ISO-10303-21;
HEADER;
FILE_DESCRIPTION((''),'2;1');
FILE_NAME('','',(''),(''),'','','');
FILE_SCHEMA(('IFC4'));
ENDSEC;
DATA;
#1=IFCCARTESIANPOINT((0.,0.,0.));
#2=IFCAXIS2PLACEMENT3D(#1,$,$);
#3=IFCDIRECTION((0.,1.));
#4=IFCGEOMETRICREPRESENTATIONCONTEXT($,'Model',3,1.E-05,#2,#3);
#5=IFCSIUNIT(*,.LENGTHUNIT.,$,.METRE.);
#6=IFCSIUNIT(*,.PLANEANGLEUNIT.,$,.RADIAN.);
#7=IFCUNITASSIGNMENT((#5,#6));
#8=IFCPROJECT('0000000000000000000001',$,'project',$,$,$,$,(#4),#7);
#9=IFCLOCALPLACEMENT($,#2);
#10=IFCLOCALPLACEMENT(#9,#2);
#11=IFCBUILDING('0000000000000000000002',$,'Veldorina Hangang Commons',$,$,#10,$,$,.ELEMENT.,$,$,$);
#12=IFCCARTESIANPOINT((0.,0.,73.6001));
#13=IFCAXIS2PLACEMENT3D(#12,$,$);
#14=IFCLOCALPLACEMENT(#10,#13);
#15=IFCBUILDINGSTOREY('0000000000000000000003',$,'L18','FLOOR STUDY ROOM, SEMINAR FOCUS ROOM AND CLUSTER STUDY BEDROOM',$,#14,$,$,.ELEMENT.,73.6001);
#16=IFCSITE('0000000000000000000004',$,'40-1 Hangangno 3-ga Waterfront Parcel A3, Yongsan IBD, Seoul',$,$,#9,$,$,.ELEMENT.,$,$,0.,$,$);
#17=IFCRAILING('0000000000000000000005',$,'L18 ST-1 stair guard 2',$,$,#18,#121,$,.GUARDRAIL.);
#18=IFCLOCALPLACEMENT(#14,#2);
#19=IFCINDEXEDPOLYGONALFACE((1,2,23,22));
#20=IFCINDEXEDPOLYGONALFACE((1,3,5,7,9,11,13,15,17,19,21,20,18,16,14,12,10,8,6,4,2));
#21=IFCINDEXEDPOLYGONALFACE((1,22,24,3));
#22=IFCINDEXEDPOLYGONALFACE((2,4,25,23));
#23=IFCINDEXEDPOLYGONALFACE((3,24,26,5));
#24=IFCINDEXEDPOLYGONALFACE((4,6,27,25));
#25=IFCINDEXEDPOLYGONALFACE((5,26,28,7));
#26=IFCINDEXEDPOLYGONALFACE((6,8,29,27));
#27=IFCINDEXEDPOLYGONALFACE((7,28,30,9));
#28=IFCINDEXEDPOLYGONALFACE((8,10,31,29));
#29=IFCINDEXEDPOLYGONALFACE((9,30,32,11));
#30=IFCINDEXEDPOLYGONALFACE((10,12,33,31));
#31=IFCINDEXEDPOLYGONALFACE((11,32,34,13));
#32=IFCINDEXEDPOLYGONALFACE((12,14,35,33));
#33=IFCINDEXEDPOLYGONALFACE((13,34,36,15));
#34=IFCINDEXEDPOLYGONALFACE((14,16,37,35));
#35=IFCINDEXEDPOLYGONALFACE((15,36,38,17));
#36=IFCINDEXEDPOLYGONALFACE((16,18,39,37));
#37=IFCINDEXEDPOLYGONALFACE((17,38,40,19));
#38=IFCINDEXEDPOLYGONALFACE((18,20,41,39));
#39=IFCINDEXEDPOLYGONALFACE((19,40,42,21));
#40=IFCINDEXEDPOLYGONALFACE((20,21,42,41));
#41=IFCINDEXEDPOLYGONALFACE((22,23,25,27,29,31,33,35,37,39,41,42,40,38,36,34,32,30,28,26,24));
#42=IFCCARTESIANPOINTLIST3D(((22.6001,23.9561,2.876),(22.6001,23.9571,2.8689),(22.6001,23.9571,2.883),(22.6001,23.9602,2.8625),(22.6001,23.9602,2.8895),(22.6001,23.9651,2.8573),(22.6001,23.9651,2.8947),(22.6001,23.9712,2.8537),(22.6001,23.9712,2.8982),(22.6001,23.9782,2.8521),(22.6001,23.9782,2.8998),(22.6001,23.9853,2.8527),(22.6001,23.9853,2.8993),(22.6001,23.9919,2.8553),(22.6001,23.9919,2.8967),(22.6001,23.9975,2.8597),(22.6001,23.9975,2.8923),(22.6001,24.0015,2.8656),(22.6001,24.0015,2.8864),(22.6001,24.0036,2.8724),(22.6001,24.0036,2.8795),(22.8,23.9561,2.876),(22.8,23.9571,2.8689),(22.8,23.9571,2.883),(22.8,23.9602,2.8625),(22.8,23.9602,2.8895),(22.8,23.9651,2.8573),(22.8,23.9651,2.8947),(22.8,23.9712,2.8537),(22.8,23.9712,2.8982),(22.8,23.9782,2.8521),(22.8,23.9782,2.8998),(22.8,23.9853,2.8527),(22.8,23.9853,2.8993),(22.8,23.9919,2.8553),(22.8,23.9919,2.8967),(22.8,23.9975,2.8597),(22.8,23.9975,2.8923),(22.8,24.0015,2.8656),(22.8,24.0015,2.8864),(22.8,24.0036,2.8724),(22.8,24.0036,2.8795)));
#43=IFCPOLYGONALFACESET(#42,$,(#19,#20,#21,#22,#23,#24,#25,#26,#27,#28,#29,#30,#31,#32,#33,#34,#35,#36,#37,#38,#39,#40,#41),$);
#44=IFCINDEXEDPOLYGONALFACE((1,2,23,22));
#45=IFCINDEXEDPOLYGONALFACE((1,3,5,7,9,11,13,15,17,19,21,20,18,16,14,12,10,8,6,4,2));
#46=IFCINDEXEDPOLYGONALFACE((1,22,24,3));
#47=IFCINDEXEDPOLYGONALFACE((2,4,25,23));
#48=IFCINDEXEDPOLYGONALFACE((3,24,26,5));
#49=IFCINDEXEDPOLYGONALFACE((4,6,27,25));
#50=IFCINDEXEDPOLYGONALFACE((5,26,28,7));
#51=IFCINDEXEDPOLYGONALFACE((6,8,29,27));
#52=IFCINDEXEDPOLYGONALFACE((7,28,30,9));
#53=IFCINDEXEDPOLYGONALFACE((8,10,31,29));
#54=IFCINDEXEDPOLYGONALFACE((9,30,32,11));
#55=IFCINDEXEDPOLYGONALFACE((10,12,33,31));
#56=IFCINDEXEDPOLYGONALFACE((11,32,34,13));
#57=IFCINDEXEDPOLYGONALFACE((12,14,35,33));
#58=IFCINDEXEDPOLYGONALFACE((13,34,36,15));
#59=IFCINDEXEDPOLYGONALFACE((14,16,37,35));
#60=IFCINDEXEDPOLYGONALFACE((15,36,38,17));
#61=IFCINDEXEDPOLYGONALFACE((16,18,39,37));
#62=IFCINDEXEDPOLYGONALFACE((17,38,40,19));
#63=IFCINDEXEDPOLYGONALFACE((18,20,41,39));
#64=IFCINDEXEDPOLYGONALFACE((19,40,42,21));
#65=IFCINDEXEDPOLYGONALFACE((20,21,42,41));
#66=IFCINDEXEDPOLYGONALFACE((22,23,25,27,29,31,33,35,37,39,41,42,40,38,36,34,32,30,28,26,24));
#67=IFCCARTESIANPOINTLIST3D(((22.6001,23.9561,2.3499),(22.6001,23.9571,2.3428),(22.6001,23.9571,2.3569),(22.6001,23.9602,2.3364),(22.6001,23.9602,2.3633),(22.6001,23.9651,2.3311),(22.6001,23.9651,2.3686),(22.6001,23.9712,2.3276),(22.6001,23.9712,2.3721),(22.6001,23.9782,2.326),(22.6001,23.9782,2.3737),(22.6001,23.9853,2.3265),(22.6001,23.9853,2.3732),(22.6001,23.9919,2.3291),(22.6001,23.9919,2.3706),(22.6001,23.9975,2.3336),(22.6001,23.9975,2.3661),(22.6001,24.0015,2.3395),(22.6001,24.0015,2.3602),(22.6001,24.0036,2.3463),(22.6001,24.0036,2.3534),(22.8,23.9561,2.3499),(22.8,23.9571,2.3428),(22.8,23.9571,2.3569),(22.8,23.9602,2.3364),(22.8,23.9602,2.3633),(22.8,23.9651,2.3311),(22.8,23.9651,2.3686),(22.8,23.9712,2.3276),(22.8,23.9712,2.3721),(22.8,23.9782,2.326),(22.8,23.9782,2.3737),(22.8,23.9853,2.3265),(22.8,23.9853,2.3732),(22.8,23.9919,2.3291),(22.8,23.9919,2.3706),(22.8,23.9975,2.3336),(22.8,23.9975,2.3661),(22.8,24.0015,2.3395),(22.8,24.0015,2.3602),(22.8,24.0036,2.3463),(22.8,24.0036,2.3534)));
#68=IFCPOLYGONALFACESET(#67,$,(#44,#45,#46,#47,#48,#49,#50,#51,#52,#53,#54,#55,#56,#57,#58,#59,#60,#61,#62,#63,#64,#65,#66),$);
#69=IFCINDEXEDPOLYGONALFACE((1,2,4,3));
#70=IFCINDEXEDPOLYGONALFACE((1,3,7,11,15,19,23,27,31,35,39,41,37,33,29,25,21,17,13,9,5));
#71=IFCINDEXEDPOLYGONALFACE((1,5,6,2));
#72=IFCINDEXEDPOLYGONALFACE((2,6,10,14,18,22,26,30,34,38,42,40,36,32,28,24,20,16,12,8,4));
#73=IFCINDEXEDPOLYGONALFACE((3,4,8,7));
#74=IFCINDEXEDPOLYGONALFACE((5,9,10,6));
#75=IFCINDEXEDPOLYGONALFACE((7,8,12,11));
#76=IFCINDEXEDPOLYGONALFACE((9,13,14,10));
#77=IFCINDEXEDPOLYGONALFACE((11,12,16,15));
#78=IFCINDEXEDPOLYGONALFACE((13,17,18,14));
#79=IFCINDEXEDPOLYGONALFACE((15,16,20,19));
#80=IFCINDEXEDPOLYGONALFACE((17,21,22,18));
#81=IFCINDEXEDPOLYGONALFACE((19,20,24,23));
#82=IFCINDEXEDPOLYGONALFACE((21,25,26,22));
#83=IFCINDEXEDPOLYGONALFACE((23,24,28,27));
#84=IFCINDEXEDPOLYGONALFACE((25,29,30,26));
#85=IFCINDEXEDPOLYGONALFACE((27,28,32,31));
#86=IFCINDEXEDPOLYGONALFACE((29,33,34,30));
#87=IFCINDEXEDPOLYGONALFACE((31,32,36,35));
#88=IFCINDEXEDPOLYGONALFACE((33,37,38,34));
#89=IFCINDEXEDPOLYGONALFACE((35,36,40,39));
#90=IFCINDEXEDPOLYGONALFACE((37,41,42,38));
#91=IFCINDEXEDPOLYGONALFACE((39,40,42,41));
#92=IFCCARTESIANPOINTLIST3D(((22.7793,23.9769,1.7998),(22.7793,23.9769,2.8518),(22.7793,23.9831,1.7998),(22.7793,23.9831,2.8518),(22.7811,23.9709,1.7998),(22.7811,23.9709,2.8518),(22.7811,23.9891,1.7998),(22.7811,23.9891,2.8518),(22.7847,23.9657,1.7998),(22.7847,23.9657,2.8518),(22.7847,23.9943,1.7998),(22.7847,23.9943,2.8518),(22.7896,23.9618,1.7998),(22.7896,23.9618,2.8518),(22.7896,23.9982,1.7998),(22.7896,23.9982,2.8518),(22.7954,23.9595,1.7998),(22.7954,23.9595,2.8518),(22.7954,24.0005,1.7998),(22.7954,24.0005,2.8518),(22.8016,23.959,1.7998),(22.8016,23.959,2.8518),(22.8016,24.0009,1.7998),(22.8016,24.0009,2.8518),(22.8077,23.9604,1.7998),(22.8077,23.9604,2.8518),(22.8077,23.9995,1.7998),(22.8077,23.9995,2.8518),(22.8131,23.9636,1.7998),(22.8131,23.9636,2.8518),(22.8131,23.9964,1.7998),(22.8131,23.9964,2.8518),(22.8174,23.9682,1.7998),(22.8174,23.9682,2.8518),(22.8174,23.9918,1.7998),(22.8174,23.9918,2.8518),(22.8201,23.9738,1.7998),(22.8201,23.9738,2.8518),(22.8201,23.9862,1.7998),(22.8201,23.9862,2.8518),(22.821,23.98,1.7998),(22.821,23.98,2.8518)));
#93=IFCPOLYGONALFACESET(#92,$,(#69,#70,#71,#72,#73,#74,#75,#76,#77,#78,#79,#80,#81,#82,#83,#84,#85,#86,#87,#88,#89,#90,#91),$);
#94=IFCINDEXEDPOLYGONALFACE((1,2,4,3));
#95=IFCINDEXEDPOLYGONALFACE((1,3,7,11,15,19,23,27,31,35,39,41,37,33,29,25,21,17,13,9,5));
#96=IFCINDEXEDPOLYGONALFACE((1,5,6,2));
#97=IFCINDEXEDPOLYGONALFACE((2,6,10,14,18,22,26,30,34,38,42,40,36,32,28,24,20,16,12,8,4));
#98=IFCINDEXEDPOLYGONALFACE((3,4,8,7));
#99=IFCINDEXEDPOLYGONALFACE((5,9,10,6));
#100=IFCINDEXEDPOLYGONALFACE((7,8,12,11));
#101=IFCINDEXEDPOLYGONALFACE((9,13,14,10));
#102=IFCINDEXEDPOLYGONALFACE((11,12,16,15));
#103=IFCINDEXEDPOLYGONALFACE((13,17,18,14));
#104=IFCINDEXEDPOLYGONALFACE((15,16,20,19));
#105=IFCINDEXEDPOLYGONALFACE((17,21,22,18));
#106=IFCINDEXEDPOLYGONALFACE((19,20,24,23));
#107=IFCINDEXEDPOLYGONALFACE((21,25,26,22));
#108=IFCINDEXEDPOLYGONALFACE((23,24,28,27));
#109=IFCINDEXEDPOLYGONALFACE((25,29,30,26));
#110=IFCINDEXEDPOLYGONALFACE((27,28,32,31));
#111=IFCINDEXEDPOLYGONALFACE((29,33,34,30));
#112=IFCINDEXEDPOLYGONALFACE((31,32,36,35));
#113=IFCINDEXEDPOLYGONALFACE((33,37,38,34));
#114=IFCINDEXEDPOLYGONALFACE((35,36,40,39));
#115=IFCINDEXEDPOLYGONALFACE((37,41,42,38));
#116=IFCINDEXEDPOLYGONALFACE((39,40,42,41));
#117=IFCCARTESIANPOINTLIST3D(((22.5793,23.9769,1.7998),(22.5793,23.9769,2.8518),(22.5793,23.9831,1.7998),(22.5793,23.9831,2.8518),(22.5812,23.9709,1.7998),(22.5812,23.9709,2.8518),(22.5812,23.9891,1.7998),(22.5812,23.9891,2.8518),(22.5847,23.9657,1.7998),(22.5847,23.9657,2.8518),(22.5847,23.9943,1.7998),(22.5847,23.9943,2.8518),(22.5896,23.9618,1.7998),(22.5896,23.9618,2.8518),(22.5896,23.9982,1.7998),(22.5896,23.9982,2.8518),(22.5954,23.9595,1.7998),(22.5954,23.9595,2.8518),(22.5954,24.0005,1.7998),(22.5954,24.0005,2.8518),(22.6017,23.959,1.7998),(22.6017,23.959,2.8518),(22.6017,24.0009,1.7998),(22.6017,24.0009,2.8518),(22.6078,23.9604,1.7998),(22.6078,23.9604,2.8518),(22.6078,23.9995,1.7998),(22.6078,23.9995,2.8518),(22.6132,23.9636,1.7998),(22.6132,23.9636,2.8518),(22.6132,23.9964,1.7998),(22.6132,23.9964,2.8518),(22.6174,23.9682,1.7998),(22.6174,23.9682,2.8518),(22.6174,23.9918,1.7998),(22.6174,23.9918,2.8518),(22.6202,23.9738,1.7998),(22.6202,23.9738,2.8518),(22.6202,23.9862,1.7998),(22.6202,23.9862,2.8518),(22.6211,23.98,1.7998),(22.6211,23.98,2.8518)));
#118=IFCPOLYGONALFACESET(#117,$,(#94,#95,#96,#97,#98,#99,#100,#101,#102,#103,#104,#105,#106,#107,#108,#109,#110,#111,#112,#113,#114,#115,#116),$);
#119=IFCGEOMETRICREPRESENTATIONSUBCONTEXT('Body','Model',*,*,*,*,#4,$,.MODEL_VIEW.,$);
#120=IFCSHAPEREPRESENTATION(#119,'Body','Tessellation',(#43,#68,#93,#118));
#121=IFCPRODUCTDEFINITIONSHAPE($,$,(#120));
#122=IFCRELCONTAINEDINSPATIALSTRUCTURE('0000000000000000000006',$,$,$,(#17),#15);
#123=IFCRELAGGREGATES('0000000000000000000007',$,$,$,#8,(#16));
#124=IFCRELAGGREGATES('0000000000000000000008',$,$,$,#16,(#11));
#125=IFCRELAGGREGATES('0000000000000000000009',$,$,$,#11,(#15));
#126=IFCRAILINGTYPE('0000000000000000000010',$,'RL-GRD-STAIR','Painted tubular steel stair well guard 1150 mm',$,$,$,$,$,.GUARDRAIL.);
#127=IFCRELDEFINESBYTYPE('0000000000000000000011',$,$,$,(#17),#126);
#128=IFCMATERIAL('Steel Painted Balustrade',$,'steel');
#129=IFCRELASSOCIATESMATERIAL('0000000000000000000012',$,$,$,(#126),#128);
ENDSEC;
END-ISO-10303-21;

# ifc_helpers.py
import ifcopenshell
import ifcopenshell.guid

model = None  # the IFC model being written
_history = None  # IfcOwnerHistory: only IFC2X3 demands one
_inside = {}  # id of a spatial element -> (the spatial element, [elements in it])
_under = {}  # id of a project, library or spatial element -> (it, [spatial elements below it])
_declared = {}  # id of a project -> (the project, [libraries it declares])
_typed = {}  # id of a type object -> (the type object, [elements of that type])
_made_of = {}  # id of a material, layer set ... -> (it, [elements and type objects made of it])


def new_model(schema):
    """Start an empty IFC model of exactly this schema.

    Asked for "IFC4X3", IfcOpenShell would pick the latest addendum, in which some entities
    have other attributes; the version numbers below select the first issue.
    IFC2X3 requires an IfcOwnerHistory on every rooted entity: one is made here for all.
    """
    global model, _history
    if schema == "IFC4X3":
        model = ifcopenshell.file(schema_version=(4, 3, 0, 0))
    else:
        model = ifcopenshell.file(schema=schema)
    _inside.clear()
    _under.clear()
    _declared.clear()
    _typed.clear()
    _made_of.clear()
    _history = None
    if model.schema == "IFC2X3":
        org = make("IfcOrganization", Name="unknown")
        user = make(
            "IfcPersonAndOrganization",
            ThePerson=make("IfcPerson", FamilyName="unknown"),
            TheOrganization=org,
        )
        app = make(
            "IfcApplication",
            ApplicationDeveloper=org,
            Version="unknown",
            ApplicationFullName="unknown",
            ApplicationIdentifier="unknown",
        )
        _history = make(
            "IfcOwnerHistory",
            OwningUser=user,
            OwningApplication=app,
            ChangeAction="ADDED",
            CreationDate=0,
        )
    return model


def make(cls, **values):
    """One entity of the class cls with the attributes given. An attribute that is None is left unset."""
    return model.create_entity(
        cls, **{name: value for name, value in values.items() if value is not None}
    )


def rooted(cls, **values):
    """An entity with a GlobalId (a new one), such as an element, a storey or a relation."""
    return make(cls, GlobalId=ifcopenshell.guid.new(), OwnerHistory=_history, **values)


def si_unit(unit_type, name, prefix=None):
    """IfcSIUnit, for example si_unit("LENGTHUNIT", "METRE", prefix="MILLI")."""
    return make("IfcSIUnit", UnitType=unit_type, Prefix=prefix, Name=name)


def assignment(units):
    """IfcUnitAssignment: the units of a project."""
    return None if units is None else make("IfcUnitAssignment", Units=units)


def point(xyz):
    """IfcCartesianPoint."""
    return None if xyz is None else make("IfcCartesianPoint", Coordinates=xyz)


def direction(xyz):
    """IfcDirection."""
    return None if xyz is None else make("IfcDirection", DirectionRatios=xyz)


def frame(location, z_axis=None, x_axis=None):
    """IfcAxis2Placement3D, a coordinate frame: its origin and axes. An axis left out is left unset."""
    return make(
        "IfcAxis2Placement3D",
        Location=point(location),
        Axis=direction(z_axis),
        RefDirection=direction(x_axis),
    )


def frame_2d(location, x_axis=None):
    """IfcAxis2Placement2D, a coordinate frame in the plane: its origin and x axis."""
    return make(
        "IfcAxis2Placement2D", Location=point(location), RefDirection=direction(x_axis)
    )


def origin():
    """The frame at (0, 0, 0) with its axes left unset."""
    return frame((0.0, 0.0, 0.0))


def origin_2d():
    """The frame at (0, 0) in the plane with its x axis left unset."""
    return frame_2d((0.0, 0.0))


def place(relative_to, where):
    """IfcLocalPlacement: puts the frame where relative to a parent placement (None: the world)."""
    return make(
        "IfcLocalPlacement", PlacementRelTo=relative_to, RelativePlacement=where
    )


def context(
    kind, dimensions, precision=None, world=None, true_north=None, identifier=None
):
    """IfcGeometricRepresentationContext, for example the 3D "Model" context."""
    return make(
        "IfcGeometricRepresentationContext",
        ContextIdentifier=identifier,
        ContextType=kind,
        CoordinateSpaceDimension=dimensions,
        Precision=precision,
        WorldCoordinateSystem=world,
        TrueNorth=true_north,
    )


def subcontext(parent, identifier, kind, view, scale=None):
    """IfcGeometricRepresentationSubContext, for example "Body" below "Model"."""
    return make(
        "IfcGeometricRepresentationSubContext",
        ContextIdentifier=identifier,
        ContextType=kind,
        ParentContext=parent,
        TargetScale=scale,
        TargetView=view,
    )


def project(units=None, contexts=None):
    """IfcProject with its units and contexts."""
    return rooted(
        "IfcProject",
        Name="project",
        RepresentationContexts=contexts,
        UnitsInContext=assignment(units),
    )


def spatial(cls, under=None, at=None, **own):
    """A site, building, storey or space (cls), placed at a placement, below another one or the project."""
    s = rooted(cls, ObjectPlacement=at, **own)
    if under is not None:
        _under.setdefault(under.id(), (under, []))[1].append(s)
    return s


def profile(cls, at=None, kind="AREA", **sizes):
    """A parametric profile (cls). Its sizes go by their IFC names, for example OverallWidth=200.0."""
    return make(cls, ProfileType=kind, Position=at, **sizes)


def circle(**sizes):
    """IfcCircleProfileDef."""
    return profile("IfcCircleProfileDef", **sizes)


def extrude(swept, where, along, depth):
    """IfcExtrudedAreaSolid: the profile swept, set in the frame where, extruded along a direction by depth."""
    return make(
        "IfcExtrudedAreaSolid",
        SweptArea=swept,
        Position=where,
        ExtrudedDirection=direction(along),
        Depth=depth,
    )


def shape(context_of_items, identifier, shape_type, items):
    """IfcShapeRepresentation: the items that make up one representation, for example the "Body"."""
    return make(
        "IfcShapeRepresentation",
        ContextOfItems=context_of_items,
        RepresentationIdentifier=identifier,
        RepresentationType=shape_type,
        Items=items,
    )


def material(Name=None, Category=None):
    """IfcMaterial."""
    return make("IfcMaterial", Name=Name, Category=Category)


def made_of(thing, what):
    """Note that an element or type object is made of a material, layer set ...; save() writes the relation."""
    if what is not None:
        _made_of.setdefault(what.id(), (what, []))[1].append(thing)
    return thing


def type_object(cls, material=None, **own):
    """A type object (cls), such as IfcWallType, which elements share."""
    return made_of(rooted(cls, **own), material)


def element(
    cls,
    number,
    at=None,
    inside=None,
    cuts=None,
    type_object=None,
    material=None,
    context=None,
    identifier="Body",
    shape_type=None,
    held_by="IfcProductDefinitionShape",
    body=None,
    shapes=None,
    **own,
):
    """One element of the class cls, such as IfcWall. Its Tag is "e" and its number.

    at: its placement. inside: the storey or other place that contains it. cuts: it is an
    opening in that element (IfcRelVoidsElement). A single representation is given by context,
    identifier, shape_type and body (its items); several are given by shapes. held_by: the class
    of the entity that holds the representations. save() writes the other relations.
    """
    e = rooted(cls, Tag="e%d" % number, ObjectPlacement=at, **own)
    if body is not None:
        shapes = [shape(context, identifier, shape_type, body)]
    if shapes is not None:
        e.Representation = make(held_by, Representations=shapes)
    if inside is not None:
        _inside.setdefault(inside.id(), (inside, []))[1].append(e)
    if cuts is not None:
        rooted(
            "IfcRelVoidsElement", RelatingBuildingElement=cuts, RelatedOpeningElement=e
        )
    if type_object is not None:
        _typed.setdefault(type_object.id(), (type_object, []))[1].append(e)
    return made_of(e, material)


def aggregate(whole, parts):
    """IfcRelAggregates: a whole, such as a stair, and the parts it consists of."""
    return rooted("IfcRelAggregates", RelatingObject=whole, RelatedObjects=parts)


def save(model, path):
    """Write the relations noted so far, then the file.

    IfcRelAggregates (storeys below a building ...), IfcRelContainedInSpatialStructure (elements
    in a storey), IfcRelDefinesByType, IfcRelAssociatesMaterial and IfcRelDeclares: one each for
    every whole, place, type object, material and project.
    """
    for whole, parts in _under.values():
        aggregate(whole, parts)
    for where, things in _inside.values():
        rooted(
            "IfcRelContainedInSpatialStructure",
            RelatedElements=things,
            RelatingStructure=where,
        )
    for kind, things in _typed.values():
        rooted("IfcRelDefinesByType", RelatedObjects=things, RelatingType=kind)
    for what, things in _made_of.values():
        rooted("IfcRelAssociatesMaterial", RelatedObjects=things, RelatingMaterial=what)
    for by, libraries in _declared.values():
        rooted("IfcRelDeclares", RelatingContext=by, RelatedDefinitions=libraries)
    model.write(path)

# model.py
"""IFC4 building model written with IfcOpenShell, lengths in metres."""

from ifc_helpers import new_model, si_unit, direction, frame, origin, origin_2d, place, context, subcontext, project, spatial, circle, extrude, material, type_object, element, save


model = new_model("IFC4")

# Units and contexts
model_context = context("Model", 3, precision=1e-05, world=origin(), true_north=direction((0.0, 1.0)))
body_context = subcontext(model_context, "Body", "Model", "MODEL_VIEW")
ifc_project = project(units=[si_unit("LENGTHUNIT", "METRE"), si_unit("PLANEANGLEUNIT", "RADIAN")], contexts=[model_context])

# Site, building, storey
site_placement = place(None, origin())
site = spatial("IfcSite", under=ifc_project, at=site_placement, Name="40-1 Hangangno 3-ga Waterfront Parcel A3, Yongsan IBD, Seoul", CompositionType="ELEMENT", RefElevation=0.0)
building_placement = place(site_placement, origin())
building = spatial("IfcBuilding", under=site, at=building_placement, Name="Veldorina Hangang Commons", CompositionType="ELEMENT")
storey_placement = place(building_placement, frame((0.0, 0.0, 73.6001)))
storey = spatial("IfcBuildingStorey", under=building, at=storey_placement, Name="L18", Description="FLOOR STUDY ROOM, SEMINAR FOCUS ROOM AND CLUSTER STUDY BEDROOM", CompositionType="ELEMENT", Elevation=73.6001)

# Railing
ifc_material_1 = material(Name="Steel Painted Balustrade", Category="steel")
railing_type_1 = type_object("IfcRailingType", Name="RL-GRD-STAIR", Description="Painted tubular steel stair well guard 1150 mm", PredefinedType="GUARDRAIL", material=ifc_material_1)
railing_1_placement = place(storey_placement, frame((22.8, 23.98, 1.7998)))
element("IfcRailing", 1, at=railing_1_placement, inside=storey, type_object=railing_type_1, Name="L18 ST-1 stair guard 2", PredefinedType="GUARDRAIL", context=body_context, shape_type="SweptSolid", body=[
    extrude(circle(Radius=0.0239, at=origin_2d()), frame((0.0, 0.0, 1.0762), z_axis=(-1.0, 0.0, 0.0), x_axis=(0.0, -1.0, 0.0)), (0.0, 0.0, 1.0), 0.2),
    extrude(circle(Radius=0.0239, at=origin_2d()), frame((0.0, 0.0, 0.55), z_axis=(-1.0, 0.0, 0.0), x_axis=(0.0, -1.0, 0.0)), (0.0, 0.0, 1.0), 0.2),
    extrude(circle(Radius=0.021, at=origin_2d()), origin(), (0.0, 0.0, 1.0), 1.052),
    extrude(circle(Radius=0.021, at=origin_2d()), frame((-0.2, 0.0, 0.0)), (0.0, 0.0, 1.0), 1.052),
])

save(model, "model.ifc")
